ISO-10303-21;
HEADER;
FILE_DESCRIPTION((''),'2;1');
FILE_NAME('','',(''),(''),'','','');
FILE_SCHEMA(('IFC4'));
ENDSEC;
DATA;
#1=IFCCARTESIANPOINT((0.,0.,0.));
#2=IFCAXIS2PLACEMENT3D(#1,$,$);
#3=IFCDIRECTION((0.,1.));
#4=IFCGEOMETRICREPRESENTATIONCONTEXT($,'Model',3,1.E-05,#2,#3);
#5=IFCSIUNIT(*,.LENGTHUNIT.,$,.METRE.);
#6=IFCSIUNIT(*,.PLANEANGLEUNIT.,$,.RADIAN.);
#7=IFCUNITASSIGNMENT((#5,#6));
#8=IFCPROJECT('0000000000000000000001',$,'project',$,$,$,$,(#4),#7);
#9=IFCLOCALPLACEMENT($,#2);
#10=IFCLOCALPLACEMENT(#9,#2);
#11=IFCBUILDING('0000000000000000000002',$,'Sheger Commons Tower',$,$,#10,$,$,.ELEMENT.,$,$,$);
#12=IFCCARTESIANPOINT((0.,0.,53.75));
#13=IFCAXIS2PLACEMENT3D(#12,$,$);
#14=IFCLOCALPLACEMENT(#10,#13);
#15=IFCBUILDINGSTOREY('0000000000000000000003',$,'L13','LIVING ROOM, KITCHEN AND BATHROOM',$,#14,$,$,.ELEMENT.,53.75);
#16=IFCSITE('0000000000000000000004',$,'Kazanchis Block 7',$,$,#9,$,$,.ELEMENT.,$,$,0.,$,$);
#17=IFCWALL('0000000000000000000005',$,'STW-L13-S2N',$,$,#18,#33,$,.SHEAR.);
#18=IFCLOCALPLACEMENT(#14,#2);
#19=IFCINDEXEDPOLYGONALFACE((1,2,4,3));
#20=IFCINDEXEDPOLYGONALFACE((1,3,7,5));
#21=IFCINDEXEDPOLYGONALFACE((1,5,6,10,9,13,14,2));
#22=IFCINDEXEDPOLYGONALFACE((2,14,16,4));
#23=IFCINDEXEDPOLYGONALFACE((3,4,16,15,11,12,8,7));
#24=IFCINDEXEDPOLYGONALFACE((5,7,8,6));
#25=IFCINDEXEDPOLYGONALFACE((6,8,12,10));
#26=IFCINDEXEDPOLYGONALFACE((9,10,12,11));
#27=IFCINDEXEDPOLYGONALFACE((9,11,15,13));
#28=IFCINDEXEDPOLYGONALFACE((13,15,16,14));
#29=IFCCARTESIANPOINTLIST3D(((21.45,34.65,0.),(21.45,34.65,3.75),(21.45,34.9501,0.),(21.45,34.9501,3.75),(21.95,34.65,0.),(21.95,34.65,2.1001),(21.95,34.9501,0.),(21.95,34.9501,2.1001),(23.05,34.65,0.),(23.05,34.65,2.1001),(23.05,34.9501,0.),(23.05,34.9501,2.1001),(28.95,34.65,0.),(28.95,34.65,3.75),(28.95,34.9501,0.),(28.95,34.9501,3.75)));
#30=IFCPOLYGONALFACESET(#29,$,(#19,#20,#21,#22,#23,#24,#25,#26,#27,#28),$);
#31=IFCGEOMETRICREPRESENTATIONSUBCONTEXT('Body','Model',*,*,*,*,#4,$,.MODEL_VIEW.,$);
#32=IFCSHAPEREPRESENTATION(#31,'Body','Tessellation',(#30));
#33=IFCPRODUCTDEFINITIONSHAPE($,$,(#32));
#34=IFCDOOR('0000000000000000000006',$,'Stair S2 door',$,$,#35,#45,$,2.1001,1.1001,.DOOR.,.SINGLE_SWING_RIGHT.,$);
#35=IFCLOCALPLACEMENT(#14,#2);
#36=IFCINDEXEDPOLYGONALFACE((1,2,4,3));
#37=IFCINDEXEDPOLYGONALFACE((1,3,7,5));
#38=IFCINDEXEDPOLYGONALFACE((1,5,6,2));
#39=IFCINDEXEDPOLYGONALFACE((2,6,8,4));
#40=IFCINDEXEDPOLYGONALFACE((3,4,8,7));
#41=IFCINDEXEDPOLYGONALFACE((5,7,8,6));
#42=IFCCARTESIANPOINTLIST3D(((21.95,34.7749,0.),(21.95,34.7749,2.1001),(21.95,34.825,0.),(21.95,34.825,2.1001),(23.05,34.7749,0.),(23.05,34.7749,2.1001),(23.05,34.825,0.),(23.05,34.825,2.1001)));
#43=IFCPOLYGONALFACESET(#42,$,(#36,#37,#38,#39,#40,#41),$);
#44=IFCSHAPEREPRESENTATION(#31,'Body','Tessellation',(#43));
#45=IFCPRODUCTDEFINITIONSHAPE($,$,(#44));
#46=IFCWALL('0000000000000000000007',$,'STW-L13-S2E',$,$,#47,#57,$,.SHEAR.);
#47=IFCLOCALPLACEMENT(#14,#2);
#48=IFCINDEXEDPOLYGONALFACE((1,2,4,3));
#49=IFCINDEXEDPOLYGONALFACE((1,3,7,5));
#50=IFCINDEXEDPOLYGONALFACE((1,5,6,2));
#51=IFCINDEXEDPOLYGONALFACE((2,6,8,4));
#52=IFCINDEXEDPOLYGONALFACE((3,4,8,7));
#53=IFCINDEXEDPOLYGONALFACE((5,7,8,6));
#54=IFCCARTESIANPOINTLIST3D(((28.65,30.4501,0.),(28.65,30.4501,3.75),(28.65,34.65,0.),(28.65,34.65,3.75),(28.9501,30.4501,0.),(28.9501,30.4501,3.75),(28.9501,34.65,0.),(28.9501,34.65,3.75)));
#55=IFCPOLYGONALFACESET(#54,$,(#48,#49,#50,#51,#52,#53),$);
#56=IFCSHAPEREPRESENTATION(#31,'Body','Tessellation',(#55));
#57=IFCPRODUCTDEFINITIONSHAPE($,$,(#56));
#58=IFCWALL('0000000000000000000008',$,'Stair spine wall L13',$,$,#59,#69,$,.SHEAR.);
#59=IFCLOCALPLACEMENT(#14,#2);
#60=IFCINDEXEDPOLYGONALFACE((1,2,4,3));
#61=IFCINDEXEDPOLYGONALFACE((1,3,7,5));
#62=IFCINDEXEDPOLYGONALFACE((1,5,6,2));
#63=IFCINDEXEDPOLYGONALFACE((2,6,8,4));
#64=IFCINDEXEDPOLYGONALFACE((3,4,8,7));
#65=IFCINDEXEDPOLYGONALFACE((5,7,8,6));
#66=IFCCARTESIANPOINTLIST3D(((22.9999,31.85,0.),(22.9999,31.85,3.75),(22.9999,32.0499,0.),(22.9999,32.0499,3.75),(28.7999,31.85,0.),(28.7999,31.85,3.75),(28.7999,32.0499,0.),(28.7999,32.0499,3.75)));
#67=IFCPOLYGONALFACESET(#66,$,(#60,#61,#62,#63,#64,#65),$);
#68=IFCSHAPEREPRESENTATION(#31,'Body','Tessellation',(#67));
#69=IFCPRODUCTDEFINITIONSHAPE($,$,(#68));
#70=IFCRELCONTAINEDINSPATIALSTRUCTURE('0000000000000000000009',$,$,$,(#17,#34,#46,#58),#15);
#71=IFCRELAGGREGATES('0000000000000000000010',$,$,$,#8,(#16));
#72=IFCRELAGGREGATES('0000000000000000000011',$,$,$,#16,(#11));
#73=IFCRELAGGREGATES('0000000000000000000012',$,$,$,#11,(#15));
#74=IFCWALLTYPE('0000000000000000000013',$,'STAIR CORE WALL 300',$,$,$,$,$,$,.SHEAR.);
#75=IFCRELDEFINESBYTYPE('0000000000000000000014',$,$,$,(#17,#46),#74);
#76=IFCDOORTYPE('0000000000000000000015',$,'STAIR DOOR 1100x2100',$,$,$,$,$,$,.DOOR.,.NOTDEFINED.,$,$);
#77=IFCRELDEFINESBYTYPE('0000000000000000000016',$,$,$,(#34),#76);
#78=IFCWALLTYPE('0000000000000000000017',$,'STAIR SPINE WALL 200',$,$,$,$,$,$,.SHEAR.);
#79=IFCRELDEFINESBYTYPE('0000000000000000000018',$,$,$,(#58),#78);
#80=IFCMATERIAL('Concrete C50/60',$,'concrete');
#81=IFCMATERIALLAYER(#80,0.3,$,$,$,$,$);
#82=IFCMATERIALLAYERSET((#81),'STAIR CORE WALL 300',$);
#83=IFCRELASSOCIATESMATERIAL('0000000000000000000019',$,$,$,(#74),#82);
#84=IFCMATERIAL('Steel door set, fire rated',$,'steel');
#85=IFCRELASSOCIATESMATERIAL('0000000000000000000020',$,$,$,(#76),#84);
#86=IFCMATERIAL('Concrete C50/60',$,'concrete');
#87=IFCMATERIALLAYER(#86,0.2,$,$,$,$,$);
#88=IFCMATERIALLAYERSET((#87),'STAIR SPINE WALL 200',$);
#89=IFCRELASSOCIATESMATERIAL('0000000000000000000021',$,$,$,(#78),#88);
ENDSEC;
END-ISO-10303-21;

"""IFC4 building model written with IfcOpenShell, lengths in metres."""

from ifc_helpers import new_model, si_unit, direction, frame, frame_2d, origin, place, context, subcontext, project, spatial, rectangle, extrude, material, layer, layer_set, type_object, element, fill, save


model = new_model("IFC4")

# Units and contexts
model_context = context("Model", 3, precision=1e-05, world=origin(), true_north=direction((0.0, 1.0)))
body_context = subcontext(model_context, "Body", "Model", "MODEL_VIEW")
ifc_project = project(units=[si_unit("LENGTHUNIT", "METRE"), si_unit("PLANEANGLEUNIT", "RADIAN")], contexts=[model_context])

# Site, building, storey
site_placement = place(None, origin())
site = spatial("IfcSite", under=ifc_project, at=site_placement, Name="Kazanchis Block 7", CompositionType="ELEMENT", RefElevation=0.0)
building_placement = place(site_placement, origin())
building = spatial("IfcBuilding", under=site, at=building_placement, Name="Sheger Commons Tower", CompositionType="ELEMENT")
storey_placement = place(building_placement, frame((0.0, 0.0, 53.75)))
storey = spatial("IfcBuildingStorey", under=building, at=storey_placement, Name="L13", Description="LIVING ROOM, KITCHEN AND BATHROOM", CompositionType="ELEMENT", Elevation=53.75)

# Wall, opening, door
ifc_material_1 = material(Name="Concrete C50/60", Category="concrete")
ifc_layer_1 = layer(ifc_material_1, 0.3)
ifc_layer_set_1 = layer_set([ifc_layer_1], Name="STAIR CORE WALL 300")
wall_type_1 = type_object("IfcWallType", Name="STAIR CORE WALL 300", PredefinedType="SHEAR", material=ifc_layer_set_1)
wall_1_placement = place(storey_placement, frame((21.45, 34.8, 0.0), z_axis=(0.0, 0.0, 1.0), x_axis=(1.0, 0.0, 0.0)))
wall_1 = element("IfcWall", 1, at=wall_1_placement, inside=storey, type_object=wall_type_1, Name="STW-L13-S2N", PredefinedType="SHEAR", context=body_context, shape_type="SweptSolid", body=[
    extrude(rectangle(XDim=7.5, YDim=0.3, at=frame_2d((3.75, 0.0))), origin(), (0.0, 0.0, 1.0), 3.75),
])
opening_1_placement = place(wall_1_placement, frame((0.5, 0.0, 0.0)))
opening_1 = element("IfcOpeningElement", 2, at=opening_1_placement, cuts=wall_1, PredefinedType="OPENING", context=body_context, shape_type="SweptSolid", body=[
    extrude(rectangle(XDim=1.1001, YDim=2.1001, at=frame_2d((0.55, 1.05))), frame((0.0, 0.1599, 0.0), z_axis=(0.0, -1.0, 0.0), x_axis=(1.0, 0.0, 0.0)), (0.0, 0.0, 1.0), 0.3201),
])
ifc_material_2 = material(Name="Steel door set, fire rated", Category="steel")
door_type_1 = type_object("IfcDoorType", Name="STAIR DOOR 1100x2100", OperationType="NOTDEFINED", PredefinedType="DOOR", material=ifc_material_2)
door_1_placement = place(opening_1_placement, origin())
door_1 = element("IfcDoor", 3, at=door_1_placement, inside=storey, type_object=door_type_1, Name="Stair S2 door", OperationType="SINGLE_SWING_RIGHT", OverallHeight=2.1001, OverallWidth=1.1001, PredefinedType="DOOR", context=body_context, shape_type="SweptSolid", body=[
    extrude(rectangle(XDim=1.1001, YDim=2.1001, at=frame_2d((0.55, 1.05))), frame((0.0, 0.0249, 0.0), z_axis=(0.0, -1.0, 0.0), x_axis=(1.0, 0.0, 0.0)), (0.0, 0.0, 1.0), 0.05),
])
fill(opening_1, door_1)

# Walls
wall_2_placement = place(storey_placement, frame((28.8, 30.45, 0.0), z_axis=(0.0, 0.0, 1.0), x_axis=(0.0, 1.0, 0.0)))
element("IfcWall", 4, at=wall_2_placement, inside=storey, type_object=wall_type_1, Name="STW-L13-S2E", PredefinedType="SHEAR", context=body_context, shape_type="SweptSolid", body=[
    extrude(rectangle(XDim=4.2, YDim=0.3, at=frame_2d((2.1001, 0.0))), origin(), (0.0, 0.0, 1.0), 3.75),
])
ifc_material_3 = material(Name="Concrete C50/60", Category="concrete")
ifc_layer_2 = layer(ifc_material_3, 0.2)
ifc_layer_set_2 = layer_set([ifc_layer_2], Name="STAIR SPINE WALL 200")
wall_type_2 = type_object("IfcWallType", Name="STAIR SPINE WALL 200", PredefinedType="SHEAR", material=ifc_layer_set_2)
wall_3_placement = place(storey_placement, frame((23.0, 31.95, 0.0), z_axis=(0.0, 0.0, 1.0), x_axis=(1.0, 0.0, 0.0)))
element("IfcWall", 5, at=wall_3_placement, inside=storey, type_object=wall_type_2, Name="Stair spine wall L13", PredefinedType="SHEAR", context=body_context, shape_type="SweptSolid", body=[
    extrude(rectangle(XDim=5.8, YDim=0.2, at=frame_2d((2.8999, 0.0))), origin(), (0.0, 0.0, 1.0), 3.75),
])

save(model, "model.ifc")
